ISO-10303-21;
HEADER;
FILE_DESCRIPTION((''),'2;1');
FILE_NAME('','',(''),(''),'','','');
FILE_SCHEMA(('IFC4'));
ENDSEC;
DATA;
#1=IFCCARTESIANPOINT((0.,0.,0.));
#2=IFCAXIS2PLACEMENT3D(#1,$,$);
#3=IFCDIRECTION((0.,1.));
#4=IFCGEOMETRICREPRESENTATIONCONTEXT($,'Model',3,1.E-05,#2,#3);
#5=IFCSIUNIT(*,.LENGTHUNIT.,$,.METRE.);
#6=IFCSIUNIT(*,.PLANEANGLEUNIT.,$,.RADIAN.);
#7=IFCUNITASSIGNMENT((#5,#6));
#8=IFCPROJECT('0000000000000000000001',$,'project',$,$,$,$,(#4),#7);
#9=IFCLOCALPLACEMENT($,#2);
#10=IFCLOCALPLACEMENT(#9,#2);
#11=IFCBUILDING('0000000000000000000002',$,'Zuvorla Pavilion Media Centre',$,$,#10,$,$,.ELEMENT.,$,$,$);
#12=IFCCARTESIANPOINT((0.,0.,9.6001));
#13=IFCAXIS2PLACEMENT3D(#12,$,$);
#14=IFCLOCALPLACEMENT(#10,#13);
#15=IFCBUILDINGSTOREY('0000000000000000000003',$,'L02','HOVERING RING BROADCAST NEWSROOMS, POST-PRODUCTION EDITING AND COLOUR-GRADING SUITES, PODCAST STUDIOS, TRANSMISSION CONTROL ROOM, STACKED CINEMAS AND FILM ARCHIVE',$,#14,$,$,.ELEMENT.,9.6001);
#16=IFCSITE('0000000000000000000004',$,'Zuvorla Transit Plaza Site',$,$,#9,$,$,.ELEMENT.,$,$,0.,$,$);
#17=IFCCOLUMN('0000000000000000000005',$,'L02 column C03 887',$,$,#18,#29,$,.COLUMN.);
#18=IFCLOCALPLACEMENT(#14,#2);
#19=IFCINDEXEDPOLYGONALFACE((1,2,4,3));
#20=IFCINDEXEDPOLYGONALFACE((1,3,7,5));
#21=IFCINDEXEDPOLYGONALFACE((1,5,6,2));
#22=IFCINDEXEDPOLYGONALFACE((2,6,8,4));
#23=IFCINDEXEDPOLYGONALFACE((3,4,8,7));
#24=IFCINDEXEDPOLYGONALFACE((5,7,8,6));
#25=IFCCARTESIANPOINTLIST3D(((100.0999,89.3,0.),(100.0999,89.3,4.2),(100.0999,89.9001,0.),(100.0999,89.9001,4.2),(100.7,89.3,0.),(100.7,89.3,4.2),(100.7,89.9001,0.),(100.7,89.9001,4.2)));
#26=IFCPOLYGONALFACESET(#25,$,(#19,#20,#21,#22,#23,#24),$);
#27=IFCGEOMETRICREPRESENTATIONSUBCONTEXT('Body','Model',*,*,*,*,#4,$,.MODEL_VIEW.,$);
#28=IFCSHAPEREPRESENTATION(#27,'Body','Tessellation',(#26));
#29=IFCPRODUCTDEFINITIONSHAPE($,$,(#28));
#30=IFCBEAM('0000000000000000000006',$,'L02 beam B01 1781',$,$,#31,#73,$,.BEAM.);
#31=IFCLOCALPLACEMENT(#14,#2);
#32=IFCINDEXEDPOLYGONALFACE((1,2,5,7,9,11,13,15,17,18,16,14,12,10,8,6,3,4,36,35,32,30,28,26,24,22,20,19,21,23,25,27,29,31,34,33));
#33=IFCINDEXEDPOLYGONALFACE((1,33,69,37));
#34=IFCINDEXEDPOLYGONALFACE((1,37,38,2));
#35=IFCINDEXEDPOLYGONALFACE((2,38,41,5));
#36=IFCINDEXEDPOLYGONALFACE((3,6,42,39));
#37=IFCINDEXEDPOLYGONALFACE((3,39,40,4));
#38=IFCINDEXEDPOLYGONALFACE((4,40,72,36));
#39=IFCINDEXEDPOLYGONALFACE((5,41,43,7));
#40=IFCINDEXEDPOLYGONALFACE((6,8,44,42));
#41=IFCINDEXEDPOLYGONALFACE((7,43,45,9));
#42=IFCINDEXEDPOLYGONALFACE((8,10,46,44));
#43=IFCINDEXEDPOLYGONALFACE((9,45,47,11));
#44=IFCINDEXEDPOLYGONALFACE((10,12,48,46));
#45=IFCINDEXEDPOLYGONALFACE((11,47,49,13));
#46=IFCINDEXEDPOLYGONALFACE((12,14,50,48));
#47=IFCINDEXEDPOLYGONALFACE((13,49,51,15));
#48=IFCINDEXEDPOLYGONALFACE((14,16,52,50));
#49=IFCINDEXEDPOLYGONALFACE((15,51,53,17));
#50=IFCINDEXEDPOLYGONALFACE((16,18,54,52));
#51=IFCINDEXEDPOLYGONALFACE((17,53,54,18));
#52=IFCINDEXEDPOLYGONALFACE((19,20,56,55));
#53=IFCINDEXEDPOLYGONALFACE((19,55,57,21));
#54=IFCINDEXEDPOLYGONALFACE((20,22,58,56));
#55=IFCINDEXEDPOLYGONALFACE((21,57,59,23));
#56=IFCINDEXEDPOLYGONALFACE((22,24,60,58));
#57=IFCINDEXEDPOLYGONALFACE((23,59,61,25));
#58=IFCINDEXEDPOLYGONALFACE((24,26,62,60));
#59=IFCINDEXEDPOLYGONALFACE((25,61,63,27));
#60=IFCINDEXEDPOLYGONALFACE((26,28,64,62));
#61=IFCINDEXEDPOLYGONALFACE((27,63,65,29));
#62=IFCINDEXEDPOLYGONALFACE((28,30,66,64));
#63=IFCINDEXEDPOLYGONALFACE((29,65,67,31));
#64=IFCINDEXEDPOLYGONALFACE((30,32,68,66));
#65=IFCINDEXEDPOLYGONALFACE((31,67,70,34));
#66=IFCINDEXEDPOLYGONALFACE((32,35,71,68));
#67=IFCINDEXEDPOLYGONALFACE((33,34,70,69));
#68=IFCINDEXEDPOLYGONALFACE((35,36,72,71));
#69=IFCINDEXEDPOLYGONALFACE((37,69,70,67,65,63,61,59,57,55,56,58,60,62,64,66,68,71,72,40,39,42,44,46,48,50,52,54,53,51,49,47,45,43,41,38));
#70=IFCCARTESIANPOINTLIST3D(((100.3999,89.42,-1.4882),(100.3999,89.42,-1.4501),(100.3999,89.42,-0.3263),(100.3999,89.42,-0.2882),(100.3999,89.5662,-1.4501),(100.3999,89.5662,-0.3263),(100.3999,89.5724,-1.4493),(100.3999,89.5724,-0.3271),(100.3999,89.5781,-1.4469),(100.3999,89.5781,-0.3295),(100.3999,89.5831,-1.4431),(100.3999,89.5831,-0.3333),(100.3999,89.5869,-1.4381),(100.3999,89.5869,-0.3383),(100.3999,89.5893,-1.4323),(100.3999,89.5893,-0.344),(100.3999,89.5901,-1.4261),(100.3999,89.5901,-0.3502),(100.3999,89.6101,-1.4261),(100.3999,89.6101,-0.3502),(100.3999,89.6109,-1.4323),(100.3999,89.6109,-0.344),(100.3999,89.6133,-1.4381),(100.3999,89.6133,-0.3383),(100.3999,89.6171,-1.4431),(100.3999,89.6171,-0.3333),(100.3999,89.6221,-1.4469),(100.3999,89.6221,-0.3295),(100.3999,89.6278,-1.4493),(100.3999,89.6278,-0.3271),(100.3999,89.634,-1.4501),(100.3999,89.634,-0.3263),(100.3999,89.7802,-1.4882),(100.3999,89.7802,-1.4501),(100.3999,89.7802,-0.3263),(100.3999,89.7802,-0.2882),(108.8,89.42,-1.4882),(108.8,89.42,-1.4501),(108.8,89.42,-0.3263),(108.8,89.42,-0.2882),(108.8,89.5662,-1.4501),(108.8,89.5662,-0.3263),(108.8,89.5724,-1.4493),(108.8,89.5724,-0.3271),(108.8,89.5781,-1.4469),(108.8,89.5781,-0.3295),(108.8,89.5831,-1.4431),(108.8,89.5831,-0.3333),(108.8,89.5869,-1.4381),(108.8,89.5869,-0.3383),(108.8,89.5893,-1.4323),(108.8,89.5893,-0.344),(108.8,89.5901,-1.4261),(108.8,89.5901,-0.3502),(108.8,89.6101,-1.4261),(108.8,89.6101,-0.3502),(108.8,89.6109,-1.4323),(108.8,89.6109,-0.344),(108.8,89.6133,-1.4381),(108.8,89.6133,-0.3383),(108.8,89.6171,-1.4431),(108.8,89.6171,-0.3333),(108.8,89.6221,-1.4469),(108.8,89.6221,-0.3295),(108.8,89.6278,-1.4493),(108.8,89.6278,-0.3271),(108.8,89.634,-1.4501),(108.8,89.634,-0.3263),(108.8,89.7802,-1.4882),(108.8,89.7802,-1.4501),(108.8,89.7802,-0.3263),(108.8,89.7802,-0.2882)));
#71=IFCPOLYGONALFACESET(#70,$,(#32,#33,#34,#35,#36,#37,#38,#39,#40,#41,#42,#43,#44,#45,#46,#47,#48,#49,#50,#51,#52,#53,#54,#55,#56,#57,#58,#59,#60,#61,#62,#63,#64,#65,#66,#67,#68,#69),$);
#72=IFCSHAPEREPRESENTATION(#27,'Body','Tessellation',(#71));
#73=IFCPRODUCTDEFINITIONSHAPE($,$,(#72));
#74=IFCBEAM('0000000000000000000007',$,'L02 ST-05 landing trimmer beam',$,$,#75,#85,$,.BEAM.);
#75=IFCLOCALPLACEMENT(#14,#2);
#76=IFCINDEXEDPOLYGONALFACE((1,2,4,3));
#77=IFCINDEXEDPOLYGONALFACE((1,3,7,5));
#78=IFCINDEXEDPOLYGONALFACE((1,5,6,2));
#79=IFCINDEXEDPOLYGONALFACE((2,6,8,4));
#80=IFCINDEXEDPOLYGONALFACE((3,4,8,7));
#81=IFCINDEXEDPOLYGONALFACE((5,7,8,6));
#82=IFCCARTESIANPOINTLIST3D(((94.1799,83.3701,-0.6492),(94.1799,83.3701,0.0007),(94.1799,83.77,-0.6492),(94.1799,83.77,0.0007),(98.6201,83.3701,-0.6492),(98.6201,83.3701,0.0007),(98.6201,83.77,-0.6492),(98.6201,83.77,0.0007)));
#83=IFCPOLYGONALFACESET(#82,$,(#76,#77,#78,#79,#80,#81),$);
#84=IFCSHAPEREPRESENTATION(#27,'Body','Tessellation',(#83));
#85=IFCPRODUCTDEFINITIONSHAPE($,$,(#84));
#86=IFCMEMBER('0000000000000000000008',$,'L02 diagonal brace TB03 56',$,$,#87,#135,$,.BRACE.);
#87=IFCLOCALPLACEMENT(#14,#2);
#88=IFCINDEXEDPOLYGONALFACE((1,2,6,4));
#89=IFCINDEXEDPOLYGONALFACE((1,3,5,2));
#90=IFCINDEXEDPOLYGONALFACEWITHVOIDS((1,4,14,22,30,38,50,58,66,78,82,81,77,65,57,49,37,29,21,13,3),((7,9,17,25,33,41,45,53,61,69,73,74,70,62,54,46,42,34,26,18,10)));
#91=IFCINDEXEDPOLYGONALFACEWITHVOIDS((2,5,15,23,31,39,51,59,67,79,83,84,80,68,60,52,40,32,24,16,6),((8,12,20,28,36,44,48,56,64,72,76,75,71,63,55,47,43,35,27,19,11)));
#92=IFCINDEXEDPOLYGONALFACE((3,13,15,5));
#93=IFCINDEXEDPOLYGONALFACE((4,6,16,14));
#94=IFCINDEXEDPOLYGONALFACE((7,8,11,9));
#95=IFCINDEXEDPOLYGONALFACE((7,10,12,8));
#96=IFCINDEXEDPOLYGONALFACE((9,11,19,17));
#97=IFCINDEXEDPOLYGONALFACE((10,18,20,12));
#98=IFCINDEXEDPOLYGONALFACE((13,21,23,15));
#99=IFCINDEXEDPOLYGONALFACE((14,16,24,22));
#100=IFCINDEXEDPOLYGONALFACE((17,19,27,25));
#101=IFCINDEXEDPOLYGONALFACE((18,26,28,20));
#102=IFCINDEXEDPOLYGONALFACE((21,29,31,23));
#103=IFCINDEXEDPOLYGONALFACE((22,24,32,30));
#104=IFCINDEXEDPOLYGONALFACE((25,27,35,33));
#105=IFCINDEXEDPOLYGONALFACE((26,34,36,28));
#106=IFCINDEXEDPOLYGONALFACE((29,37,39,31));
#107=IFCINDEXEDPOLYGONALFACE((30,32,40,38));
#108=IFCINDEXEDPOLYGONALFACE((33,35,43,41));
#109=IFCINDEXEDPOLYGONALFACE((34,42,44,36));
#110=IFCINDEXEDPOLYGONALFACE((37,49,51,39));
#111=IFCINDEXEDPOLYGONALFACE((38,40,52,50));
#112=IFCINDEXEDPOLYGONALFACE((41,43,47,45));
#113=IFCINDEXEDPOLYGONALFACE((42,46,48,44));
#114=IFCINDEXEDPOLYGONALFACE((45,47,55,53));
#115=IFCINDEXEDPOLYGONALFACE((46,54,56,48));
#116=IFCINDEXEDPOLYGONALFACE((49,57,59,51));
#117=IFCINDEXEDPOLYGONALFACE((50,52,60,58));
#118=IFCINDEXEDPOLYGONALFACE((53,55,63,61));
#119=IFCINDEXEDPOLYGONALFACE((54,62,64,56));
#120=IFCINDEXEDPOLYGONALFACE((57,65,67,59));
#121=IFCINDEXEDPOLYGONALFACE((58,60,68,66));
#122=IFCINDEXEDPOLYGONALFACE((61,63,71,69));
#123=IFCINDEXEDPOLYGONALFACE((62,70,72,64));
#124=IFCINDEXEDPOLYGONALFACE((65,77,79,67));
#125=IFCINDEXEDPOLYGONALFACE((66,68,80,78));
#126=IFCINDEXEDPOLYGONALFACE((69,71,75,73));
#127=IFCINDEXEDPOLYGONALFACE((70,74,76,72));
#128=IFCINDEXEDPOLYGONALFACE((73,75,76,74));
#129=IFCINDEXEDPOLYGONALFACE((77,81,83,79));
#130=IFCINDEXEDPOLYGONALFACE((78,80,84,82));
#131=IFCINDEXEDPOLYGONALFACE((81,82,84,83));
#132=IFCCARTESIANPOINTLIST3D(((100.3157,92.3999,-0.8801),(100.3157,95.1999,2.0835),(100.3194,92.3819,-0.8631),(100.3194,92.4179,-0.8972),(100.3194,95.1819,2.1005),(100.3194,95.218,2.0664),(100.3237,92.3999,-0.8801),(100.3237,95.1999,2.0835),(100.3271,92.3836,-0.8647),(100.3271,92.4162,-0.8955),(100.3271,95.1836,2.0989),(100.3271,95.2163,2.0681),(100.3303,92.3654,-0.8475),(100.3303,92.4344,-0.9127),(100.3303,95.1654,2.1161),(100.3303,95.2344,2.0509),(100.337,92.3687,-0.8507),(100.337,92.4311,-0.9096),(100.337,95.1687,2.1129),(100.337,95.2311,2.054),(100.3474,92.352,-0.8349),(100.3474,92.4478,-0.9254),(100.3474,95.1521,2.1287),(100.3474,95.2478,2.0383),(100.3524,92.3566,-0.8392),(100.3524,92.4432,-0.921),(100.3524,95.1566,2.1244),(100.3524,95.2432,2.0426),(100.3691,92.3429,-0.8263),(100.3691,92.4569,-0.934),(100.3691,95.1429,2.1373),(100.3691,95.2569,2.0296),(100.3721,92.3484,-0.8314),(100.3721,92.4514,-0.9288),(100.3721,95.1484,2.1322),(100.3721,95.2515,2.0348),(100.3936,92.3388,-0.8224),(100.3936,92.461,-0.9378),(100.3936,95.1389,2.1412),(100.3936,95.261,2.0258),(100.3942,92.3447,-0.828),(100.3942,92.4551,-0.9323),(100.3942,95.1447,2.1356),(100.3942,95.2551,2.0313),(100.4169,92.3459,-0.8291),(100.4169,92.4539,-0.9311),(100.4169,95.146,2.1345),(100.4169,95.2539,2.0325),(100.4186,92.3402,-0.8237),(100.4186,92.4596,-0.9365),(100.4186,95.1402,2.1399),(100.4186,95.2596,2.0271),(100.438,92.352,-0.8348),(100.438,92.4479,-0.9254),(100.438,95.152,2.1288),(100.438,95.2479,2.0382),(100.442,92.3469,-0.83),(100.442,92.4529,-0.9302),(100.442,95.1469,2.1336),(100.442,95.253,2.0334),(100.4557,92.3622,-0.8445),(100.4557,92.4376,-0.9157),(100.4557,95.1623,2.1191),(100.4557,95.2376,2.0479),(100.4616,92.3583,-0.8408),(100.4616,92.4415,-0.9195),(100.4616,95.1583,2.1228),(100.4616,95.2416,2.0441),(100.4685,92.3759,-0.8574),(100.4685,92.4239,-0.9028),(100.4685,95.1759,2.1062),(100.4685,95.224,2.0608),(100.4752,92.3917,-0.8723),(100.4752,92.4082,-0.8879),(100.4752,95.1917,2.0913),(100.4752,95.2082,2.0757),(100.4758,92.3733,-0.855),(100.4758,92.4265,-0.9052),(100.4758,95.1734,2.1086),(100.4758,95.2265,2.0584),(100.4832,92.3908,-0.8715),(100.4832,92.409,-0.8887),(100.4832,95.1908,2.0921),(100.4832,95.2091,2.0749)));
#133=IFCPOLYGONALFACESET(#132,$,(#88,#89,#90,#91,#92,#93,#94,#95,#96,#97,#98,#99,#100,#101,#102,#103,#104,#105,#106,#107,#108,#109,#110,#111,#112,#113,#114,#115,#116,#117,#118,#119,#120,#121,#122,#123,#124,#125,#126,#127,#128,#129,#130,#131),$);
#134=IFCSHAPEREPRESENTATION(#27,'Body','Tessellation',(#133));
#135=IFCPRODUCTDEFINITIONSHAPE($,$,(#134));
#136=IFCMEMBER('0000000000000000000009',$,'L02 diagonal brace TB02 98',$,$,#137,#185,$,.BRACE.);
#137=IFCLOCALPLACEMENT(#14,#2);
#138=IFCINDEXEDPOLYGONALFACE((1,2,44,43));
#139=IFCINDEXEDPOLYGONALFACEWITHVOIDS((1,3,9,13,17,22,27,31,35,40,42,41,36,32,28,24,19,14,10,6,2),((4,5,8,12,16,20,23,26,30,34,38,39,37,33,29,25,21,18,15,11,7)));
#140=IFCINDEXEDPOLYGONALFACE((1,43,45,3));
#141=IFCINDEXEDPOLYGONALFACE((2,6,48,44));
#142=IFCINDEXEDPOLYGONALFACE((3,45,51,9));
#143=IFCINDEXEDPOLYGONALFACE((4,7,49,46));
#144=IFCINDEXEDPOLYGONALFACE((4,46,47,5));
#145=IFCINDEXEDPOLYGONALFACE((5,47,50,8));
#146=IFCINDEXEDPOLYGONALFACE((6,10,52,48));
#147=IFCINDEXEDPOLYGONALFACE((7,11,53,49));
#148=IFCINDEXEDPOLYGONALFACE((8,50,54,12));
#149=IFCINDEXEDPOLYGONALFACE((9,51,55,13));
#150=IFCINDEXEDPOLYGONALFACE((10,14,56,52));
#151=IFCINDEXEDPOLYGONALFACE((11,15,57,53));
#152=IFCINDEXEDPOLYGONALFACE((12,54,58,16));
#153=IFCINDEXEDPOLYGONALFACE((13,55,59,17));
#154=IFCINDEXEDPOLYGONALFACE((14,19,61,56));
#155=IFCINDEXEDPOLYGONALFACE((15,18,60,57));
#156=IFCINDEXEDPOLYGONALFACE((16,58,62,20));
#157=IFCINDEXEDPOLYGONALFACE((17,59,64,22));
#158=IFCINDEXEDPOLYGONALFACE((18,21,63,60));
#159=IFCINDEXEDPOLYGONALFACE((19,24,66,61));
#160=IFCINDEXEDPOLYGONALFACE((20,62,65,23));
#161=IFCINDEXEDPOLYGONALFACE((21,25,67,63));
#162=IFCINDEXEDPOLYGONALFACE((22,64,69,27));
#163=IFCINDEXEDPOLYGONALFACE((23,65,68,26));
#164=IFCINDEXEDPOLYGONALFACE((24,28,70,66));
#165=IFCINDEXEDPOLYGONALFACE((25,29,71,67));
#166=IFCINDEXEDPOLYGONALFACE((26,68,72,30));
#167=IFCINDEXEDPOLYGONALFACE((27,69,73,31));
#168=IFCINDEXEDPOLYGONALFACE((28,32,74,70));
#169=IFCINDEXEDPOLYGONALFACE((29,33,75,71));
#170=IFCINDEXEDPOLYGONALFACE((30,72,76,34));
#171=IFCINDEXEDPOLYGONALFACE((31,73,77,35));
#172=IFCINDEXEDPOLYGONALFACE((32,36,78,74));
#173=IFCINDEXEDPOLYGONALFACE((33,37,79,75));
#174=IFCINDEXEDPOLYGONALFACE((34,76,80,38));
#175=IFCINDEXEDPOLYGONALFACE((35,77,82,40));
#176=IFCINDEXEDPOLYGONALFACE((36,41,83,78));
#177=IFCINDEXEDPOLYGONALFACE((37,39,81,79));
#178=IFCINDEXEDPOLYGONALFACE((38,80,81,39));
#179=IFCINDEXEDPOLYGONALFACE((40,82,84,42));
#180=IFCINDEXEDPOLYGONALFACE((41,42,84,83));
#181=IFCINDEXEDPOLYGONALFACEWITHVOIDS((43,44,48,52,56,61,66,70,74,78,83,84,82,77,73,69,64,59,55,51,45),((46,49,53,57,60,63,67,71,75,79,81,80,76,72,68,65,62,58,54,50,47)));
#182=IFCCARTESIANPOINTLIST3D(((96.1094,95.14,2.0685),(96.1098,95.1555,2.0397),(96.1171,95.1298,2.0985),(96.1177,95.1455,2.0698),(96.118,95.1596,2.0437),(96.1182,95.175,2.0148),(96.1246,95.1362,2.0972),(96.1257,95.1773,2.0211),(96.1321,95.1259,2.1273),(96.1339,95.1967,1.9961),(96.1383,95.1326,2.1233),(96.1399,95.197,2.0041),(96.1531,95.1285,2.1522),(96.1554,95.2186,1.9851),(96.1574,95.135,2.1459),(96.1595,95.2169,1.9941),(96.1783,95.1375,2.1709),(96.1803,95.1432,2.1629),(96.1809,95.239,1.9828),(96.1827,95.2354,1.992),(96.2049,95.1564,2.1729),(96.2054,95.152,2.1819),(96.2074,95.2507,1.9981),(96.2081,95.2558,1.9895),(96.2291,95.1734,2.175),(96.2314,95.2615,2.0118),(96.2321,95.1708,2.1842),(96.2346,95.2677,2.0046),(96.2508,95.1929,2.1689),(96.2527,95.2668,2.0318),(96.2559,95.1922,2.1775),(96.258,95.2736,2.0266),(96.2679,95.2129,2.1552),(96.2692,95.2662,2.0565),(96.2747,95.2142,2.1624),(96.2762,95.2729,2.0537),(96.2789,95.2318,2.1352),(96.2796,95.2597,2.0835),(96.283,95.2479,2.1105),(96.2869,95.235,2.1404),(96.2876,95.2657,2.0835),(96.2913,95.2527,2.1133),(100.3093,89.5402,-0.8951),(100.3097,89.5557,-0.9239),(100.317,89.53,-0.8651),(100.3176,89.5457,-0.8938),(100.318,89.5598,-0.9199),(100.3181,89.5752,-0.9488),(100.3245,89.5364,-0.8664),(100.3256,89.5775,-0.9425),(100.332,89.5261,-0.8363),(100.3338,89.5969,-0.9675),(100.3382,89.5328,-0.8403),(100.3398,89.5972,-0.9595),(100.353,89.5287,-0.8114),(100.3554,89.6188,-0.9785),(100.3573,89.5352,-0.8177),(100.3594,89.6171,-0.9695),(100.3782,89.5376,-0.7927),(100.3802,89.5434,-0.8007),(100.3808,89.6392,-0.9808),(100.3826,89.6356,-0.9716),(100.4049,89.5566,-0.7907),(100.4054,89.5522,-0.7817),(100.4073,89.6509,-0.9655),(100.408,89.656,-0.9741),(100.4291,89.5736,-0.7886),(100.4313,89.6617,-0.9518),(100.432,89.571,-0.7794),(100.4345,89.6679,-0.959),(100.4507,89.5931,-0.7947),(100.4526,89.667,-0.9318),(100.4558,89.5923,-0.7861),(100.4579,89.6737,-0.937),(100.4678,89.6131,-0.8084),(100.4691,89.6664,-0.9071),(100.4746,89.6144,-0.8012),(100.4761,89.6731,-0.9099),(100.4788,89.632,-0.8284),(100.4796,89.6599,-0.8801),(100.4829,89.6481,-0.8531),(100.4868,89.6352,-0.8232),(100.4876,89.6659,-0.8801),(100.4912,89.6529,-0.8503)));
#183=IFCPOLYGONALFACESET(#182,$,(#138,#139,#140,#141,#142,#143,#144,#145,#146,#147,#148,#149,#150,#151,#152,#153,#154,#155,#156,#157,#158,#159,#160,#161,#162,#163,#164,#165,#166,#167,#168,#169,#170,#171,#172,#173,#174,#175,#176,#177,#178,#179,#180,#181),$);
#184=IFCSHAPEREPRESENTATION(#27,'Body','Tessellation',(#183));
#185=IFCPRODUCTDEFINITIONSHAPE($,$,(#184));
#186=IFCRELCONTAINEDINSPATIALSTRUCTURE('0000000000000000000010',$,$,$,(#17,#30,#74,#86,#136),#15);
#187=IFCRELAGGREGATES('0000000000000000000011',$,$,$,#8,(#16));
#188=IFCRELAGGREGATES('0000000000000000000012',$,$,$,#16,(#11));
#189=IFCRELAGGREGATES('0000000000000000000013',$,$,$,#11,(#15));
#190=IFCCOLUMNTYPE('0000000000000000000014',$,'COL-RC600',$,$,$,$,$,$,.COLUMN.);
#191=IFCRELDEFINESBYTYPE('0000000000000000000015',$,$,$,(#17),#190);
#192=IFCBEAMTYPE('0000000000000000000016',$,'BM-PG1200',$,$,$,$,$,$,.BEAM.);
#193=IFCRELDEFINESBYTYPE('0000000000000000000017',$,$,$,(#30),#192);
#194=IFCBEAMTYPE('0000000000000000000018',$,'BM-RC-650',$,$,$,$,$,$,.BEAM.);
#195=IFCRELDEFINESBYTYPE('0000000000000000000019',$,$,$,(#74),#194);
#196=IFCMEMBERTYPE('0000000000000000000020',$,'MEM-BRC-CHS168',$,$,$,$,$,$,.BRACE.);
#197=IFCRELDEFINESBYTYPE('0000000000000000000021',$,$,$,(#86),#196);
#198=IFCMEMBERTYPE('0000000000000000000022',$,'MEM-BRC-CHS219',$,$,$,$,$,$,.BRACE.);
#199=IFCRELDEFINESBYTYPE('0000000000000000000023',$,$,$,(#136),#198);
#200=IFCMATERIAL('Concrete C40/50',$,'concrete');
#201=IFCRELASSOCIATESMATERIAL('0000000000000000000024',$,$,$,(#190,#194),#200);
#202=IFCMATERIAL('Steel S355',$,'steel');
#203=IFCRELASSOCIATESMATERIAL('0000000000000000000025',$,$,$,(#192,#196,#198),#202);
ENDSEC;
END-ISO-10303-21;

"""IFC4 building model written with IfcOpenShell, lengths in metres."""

from ifc_helpers import new_model, si_unit, direction, frame, origin, origin_2d, place, context, subcontext, project, spatial, rectangle, hollow_circle, i_section, extrude, material, material_profile, profile_set, type_object, element, save


model = new_model("IFC4")

# Units and contexts
model_context = context("Model", 3, precision=1e-05, world=origin(), true_north=direction((0.0, 1.0)))
body_context = subcontext(model_context, "Body", "Model", "MODEL_VIEW")
ifc_project = project(units=[si_unit("LENGTHUNIT", "METRE"), si_unit("PLANEANGLEUNIT", "RADIAN")], contexts=[model_context])

# Site, building, storey
site_placement = place(None, origin())
site = spatial("IfcSite", under=ifc_project, at=site_placement, Name="Zuvorla Transit Plaza Site", CompositionType="ELEMENT", RefElevation=0.0)
building_placement = place(site_placement, origin())
building = spatial("IfcBuilding", under=site, at=building_placement, Name="Zuvorla Pavilion Media Centre", CompositionType="ELEMENT")
storey_placement = place(building_placement, frame((0.0, 0.0, 9.6001)))
storey = spatial("IfcBuildingStorey", under=building, at=storey_placement, Name="L02", Description="HOVERING RING BROADCAST NEWSROOMS, POST-PRODUCTION EDITING AND COLOUR-GRADING SUITES, PODCAST STUDIOS, TRANSMISSION CONTROL ROOM, STACKED CINEMAS AND FILM ARCHIVE", CompositionType="ELEMENT", Elevation=9.6001)

# Column
ifc_material_1 = material(Name="Concrete C40/50", Category="concrete")
ifc_material_profile_1 = material_profile(ifc_material_1, rectangle(XDim=0.6001, YDim=0.6001, at=origin_2d()), Name="RC 600x600")
ifc_profile_set_1 = profile_set([ifc_material_profile_1], Name="Concrete C40/50")
column_type = type_object("IfcColumnType", Name="COL-RC600", PredefinedType="COLUMN", material=ifc_profile_set_1)
column_placement = place(storey_placement, frame((100.3999, 89.6001, 0.0), z_axis=(0.0, 0.0, 1.0), x_axis=(1.0, 0.0, 0.0)))
element("IfcColumn", 1, at=column_placement, inside=storey, type_object=column_type, Name="L02 column C03 887", PredefinedType="COLUMN", context=body_context, shape_type="SweptSolid", body=[
    extrude(rectangle(XDim=0.6001, YDim=0.6001, at=origin_2d()), origin(), (0.0, 0.0, 1.0), 4.2),
])

# Beams
ifc_material_2 = material(Name="Steel S355", Category="steel")
ifc_material_profile_2 = material_profile(ifc_material_2, i_section(OverallWidth=0.3601, OverallDepth=1.2, WebThickness=0.02, FlangeThickness=0.0381, FilletRadius=0.0239, at=origin_2d()), Name="PG 1200x360x38")
ifc_profile_set_2 = profile_set([ifc_material_profile_2], Name="Steel S355")
beam_type_1 = type_object("IfcBeamType", Name="BM-PG1200", PredefinedType="BEAM", material=ifc_profile_set_2)
beam_1_placement = place(storey_placement, frame((100.3999, 89.6001, -0.8882), z_axis=(1.0, 0.0, 0.0), x_axis=(0.0, 1.0, 0.0)))
element("IfcBeam", 2, at=beam_1_placement, inside=storey, type_object=beam_type_1, Name="L02 beam B01 1781", PredefinedType="BEAM", context=body_context, shape_type="SweptSolid", body=[
    extrude(i_section(OverallWidth=0.3601, OverallDepth=1.2, WebThickness=0.02, FlangeThickness=0.0381, FilletRadius=0.0239, at=origin_2d()), origin(), (0.0, 0.0, 1.0), 8.4001),
])
ifc_material_profile_3 = material_profile(ifc_material_1, rectangle(XDim=0.3999, YDim=0.6499, at=origin_2d()), Name="RC 400x650")
ifc_profile_set_3 = profile_set([ifc_material_profile_3], Name="Concrete C40/50")
beam_type_2 = type_object("IfcBeamType", Name="BM-RC-650", PredefinedType="BEAM", material=ifc_profile_set_3)
beam_2_placement = place(storey_placement, frame((94.1799, 83.5701, -0.3242), z_axis=(1.0, 0.0, 0.0), x_axis=(0.0, 1.0, 0.0)))
element("IfcBeam", 3, at=beam_2_placement, inside=storey, type_object=beam_type_2, Name="L02 ST-05 landing trimmer beam", PredefinedType="BEAM", context=body_context, shape_type="SweptSolid", body=[
    extrude(rectangle(XDim=0.3999, YDim=0.6499, at=origin_2d()), origin(), (0.0, 0.0, 1.0), 4.4402),
])

# Members
ifc_material_profile_4 = material_profile(ifc_material_2, hollow_circle(Radius=0.0842, WallThickness=0.0081, at=origin_2d()), Name="CHS 168.3x8")
ifc_profile_set_4 = profile_set([ifc_material_profile_4], Name="Steel S355")
member_type_1 = type_object("IfcMemberType", Name="MEM-BRC-CHS168", PredefinedType="BRACE", material=ifc_profile_set_4)
member_1_placement = place(storey_placement, frame((100.3999, 92.3999, -0.8801), z_axis=(0.0, 0.686762, 0.726882), x_axis=(-1.0, 0.0, 0.0)))
element("IfcMember", 4, at=member_1_placement, inside=storey, type_object=member_type_1, Name="L02 diagonal brace TB03 56", PredefinedType="BRACE", context=body_context, shape_type="SweptSolid", body=[
    extrude(hollow_circle(Radius=0.0842, WallThickness=0.0081, at=origin_2d()), origin(), (0.0, 0.0, 1.0), 4.0771),
])
ifc_material_profile_5 = material_profile(ifc_material_2, hollow_circle(Radius=0.1096, WallThickness=0.01, at=origin_2d()), Name="CHS 219.1x10")
ifc_profile_set_5 = profile_set([ifc_material_profile_5], Name="Steel S355")
member_type_2 = type_object("IfcMemberType", Name="MEM-BRC-CHS219", PredefinedType="BRACE", material=ifc_profile_set_5)
member_2_placement = place(storey_placement, frame((96.2, 95.2, 2.0835), z_axis=(0.552525, -0.736689, -0.389879), x_axis=(0.799996, 0.600006, 0.0)))
element("IfcMember", 5, at=member_2_placement, inside=storey, type_object=member_type_2, Name="L02 diagonal brace TB02 98", PredefinedType="BRACE", context=body_context, shape_type="SweptSolid", body=[
    extrude(hollow_circle(Radius=0.1096, WallThickness=0.01, at=origin_2d()), origin(), (0.0, 0.0, 1.0), 7.6013),
])

save(model, "model.ifc")
